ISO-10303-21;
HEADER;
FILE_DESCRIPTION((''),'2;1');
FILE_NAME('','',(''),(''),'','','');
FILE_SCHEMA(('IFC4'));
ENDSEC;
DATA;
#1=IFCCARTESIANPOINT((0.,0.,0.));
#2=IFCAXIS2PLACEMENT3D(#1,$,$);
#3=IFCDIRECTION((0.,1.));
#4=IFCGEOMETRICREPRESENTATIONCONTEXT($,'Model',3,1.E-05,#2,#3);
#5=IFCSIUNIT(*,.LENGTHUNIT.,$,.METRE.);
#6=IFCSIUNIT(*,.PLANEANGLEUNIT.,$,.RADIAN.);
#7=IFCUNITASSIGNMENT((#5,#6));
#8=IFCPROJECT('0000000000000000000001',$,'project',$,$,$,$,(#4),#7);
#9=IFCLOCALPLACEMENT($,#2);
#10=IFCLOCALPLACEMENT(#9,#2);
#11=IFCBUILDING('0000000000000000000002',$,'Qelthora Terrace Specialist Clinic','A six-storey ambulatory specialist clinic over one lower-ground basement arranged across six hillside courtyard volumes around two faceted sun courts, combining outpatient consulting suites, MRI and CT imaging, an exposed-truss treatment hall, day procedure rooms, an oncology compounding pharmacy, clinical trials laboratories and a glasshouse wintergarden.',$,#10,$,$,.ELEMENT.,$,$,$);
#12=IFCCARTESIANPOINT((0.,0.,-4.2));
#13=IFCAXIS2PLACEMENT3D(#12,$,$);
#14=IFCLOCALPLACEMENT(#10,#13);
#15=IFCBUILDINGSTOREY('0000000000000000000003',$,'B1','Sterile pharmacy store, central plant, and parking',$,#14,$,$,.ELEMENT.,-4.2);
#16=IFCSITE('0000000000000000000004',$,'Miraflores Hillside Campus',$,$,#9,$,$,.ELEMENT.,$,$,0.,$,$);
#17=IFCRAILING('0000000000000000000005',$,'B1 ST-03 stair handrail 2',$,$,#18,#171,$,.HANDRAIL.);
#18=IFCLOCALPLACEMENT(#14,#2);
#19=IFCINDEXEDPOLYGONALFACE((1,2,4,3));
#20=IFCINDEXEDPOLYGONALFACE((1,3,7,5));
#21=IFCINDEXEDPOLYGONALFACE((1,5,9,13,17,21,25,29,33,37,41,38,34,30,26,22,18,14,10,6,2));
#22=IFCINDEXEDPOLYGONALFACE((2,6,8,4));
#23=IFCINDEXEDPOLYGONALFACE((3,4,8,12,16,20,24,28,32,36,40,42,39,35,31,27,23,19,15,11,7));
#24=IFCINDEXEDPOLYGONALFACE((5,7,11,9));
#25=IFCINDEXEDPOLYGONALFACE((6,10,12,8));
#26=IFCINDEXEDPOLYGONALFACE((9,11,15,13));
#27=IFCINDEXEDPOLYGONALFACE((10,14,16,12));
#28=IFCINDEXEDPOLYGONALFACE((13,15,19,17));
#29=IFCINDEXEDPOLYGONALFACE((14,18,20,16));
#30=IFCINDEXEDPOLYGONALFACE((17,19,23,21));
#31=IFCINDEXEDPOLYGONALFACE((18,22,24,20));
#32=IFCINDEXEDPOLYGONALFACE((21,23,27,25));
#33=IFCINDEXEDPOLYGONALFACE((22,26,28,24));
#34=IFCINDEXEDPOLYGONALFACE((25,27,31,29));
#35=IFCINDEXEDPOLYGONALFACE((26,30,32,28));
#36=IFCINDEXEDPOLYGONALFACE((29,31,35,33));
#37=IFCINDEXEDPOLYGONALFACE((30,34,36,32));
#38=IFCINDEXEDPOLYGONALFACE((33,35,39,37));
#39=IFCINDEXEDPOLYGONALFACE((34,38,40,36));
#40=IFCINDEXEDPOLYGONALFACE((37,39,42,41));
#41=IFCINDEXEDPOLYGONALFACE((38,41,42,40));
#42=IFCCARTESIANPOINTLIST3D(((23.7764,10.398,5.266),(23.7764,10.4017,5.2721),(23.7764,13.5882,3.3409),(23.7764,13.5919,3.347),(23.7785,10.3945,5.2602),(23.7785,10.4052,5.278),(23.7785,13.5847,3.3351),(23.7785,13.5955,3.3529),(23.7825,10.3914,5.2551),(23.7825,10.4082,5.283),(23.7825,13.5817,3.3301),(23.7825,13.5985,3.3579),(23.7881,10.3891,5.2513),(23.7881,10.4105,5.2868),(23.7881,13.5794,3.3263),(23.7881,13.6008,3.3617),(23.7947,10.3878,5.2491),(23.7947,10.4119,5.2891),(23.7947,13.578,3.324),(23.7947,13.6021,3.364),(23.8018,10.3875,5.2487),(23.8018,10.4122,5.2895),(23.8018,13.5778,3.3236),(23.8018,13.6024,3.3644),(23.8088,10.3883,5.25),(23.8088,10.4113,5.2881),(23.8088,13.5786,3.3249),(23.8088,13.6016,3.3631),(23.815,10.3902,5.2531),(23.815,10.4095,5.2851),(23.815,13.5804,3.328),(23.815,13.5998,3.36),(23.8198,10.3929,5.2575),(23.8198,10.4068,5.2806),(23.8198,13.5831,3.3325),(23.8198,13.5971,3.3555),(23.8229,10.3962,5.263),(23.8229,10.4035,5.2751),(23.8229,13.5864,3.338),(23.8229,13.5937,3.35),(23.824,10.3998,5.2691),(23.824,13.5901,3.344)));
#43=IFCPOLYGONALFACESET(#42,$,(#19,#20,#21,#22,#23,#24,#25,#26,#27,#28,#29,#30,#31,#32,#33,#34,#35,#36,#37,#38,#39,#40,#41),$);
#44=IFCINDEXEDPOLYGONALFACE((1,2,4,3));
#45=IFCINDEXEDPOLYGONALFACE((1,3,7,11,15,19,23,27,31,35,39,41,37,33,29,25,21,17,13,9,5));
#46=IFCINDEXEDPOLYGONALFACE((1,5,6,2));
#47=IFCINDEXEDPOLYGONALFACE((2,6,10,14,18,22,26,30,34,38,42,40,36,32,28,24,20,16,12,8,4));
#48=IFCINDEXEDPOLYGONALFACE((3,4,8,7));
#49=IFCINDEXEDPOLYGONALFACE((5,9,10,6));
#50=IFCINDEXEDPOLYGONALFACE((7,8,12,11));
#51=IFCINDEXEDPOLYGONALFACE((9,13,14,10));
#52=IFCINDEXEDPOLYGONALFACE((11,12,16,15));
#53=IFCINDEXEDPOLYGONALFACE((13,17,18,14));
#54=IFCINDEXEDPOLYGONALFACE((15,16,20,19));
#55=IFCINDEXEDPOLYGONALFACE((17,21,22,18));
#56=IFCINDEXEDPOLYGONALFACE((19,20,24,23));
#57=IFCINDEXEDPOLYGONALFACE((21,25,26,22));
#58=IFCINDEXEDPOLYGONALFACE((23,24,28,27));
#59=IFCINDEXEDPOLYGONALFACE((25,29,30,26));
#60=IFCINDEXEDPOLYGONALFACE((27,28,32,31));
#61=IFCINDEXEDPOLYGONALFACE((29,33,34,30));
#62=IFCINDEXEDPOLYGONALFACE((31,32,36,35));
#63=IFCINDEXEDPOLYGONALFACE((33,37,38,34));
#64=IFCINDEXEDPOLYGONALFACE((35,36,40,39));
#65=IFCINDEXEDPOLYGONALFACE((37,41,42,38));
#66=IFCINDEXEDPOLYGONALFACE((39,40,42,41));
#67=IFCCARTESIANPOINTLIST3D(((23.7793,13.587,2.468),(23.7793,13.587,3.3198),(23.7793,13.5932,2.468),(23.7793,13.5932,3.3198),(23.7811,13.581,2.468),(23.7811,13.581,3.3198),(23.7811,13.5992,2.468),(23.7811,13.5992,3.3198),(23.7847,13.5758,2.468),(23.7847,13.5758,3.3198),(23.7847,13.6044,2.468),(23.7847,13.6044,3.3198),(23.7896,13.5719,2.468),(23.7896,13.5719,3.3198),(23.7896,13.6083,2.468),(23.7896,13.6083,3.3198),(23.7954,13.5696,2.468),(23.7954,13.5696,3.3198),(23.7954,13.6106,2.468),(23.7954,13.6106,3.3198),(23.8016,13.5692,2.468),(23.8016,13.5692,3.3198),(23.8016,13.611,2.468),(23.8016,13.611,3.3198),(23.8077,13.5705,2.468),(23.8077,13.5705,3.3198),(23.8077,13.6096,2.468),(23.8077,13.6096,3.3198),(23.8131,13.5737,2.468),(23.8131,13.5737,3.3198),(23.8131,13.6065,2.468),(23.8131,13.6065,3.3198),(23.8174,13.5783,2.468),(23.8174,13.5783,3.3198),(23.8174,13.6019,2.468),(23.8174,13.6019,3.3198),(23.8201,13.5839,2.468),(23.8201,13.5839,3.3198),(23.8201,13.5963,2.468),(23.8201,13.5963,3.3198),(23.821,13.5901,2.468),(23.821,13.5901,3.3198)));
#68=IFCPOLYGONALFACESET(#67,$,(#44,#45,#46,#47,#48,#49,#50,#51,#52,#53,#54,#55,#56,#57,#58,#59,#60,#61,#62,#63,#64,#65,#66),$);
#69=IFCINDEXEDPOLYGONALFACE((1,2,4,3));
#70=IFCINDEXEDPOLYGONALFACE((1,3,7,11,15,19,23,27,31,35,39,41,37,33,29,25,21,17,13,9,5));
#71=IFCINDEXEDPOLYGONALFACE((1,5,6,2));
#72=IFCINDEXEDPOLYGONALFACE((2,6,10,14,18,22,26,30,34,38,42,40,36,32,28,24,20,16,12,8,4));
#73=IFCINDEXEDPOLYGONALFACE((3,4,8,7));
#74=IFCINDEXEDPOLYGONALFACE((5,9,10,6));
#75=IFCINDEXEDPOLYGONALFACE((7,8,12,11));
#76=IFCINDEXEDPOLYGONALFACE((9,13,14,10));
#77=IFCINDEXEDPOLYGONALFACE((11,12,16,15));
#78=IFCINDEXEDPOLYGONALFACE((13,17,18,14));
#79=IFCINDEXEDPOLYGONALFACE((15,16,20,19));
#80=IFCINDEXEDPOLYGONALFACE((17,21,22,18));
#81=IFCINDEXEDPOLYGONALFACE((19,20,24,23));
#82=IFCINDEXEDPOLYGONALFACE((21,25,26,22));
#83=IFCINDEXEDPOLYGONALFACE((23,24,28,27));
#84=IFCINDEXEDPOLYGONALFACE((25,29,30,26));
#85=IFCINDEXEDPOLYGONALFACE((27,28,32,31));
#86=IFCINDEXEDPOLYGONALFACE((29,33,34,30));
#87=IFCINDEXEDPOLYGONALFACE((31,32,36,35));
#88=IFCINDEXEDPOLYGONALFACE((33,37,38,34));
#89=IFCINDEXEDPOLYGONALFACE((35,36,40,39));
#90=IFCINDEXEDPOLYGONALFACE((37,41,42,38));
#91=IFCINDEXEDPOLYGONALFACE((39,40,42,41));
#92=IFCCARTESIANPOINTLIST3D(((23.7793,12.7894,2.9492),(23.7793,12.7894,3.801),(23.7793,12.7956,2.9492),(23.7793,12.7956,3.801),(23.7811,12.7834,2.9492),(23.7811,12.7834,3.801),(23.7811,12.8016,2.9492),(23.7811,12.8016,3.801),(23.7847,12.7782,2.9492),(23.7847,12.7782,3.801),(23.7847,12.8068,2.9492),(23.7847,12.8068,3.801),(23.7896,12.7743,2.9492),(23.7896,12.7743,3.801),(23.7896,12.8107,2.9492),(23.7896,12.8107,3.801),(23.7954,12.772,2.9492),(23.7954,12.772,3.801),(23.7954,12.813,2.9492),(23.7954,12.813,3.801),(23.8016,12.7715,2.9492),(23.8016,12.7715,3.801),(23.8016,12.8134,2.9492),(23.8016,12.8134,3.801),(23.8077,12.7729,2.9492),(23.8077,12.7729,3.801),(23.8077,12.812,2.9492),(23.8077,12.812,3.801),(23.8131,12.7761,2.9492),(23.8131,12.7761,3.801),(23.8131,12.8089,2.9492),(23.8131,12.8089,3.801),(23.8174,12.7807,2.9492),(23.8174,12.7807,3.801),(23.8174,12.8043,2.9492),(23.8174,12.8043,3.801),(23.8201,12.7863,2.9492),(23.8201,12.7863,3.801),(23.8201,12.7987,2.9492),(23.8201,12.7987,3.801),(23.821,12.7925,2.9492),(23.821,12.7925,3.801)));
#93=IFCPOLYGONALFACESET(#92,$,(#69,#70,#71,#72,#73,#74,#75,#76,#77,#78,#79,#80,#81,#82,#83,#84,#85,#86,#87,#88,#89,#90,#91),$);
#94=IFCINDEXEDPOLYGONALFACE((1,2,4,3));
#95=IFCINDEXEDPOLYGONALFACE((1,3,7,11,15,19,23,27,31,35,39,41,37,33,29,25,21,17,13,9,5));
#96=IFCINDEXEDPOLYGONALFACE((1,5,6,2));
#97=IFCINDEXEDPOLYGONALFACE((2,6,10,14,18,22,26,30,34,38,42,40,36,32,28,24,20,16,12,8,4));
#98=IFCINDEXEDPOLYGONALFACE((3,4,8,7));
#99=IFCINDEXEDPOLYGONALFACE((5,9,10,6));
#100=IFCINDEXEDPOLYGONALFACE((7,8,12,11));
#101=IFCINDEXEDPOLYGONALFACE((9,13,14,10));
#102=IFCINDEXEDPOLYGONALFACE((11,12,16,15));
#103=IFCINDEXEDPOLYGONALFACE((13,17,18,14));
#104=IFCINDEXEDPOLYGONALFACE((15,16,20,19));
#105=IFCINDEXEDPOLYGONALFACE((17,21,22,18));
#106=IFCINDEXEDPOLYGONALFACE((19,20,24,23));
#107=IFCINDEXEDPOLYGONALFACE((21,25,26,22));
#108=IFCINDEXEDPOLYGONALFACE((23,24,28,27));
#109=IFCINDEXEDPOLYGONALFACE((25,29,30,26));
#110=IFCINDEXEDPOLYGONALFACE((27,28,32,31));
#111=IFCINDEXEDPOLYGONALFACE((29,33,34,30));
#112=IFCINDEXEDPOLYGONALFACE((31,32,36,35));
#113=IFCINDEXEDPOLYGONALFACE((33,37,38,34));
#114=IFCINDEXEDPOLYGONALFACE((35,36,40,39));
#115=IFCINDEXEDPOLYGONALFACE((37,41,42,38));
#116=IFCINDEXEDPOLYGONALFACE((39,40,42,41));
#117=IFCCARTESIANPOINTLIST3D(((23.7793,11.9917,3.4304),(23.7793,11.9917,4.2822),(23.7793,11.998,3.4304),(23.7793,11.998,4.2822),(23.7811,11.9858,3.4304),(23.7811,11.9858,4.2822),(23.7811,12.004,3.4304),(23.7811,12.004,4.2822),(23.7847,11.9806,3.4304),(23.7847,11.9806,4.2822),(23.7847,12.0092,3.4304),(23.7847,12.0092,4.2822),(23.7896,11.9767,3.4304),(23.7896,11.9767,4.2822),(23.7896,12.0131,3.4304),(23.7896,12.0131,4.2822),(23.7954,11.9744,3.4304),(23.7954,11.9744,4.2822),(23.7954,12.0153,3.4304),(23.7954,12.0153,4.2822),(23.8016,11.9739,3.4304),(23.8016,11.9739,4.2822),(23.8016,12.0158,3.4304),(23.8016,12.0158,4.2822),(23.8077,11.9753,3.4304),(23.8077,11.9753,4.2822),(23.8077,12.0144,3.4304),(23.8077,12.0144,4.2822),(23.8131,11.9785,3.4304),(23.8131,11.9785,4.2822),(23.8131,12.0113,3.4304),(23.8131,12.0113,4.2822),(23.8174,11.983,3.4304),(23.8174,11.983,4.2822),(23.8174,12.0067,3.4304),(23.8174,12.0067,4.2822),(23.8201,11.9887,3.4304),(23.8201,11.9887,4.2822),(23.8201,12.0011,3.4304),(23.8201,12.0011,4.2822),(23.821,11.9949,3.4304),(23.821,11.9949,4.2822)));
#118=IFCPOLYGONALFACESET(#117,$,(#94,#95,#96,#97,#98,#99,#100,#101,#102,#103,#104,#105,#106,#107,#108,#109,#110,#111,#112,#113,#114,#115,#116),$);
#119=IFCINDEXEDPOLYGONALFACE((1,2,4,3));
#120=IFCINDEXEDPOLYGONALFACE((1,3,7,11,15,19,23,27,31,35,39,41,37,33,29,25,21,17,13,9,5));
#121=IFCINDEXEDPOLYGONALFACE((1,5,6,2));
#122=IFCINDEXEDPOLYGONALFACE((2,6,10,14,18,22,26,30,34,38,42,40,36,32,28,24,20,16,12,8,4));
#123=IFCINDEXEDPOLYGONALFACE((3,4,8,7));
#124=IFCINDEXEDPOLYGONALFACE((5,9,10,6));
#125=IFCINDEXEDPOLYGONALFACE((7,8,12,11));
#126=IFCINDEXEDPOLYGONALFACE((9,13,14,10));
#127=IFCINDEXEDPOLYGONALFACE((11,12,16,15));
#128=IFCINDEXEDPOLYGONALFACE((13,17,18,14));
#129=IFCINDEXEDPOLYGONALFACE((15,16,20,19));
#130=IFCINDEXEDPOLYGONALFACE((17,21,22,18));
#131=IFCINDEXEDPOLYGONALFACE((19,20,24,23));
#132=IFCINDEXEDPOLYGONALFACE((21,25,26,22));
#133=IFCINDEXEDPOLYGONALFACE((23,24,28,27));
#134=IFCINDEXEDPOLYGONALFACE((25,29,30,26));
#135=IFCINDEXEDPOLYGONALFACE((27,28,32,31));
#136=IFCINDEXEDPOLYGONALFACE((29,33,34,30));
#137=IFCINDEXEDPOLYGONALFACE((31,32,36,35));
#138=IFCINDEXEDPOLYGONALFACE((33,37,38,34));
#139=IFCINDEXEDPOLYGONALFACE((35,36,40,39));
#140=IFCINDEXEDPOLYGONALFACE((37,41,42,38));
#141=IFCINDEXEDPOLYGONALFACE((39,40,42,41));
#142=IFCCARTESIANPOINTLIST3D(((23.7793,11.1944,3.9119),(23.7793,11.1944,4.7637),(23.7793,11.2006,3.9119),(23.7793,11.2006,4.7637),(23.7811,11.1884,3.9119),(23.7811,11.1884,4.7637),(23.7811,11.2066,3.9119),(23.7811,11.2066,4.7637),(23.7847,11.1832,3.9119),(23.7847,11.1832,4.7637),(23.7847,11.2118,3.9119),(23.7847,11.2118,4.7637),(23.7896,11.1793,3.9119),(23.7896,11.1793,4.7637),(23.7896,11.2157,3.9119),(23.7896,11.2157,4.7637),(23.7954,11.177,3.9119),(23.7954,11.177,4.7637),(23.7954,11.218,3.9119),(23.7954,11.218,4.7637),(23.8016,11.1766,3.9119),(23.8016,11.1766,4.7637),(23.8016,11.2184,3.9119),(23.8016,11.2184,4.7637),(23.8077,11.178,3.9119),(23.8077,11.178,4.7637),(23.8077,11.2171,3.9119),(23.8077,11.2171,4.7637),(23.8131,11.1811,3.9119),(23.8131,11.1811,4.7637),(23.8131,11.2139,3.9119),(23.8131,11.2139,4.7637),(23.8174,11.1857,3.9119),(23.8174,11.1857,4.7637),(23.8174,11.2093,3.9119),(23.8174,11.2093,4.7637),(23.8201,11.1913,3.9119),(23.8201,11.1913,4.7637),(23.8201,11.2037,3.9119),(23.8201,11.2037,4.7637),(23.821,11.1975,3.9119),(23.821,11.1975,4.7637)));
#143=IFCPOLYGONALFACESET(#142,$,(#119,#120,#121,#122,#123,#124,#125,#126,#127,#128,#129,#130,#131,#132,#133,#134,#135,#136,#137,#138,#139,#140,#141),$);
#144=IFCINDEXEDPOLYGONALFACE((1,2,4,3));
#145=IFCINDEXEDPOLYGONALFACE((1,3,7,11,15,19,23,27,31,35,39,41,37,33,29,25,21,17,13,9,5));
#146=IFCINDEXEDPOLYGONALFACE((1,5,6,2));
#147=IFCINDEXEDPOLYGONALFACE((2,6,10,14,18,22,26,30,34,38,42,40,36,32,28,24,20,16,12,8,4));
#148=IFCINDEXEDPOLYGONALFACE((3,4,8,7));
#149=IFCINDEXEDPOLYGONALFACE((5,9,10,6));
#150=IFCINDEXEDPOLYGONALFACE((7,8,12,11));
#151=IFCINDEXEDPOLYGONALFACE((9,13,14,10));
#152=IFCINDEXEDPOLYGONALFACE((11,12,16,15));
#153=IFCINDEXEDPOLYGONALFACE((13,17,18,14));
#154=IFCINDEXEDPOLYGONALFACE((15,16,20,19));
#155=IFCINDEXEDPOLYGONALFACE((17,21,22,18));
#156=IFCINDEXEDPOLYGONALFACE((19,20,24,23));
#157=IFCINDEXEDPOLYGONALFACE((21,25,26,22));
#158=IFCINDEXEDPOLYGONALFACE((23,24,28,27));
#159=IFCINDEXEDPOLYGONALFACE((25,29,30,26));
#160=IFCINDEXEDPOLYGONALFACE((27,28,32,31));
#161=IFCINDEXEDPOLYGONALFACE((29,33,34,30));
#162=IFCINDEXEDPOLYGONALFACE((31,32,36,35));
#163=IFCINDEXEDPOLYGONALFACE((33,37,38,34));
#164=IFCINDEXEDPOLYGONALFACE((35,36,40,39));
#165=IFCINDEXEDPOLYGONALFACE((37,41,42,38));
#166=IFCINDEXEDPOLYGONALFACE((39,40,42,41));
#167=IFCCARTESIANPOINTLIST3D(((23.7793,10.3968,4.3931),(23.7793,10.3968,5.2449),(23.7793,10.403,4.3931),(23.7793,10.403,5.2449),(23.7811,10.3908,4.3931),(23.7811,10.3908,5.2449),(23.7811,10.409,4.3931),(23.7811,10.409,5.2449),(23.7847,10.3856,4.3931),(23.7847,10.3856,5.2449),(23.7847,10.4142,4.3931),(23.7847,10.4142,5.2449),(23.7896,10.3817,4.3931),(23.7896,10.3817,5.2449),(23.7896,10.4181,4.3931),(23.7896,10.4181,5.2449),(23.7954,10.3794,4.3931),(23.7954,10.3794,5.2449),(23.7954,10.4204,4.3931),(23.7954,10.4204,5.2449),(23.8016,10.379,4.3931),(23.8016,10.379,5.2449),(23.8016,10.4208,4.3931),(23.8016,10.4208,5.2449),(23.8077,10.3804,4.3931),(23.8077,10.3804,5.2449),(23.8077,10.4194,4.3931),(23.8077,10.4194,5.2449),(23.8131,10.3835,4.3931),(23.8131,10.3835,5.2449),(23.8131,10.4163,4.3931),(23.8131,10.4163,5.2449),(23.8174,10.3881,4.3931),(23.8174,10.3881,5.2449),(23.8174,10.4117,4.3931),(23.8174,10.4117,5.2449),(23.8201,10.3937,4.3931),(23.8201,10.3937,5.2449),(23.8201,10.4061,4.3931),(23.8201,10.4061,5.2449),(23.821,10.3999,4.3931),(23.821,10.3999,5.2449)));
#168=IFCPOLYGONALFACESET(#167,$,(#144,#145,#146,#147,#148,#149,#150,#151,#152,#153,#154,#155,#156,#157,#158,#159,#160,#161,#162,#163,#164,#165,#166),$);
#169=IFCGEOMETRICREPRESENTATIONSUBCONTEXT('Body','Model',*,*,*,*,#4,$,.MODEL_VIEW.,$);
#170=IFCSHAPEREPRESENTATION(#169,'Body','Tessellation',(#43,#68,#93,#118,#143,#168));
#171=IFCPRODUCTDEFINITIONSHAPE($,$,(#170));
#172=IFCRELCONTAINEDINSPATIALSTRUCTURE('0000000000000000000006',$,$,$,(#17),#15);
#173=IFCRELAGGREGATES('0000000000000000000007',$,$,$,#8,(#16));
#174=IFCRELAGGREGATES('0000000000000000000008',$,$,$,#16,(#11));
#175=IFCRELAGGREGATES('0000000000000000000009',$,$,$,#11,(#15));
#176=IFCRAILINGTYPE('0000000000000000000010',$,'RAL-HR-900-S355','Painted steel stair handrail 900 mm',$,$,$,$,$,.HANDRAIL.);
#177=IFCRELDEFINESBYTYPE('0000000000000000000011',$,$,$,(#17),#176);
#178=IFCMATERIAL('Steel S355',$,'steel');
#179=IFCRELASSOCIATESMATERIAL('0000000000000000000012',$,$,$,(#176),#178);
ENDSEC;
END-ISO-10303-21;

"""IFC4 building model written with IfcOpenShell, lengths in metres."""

from ifc_helpers import new_model, si_unit, direction, frame, origin, origin_2d, place, context, subcontext, project, spatial, circle, extrude, material, type_object, element, save


model = new_model("IFC4")

# Units and contexts
model_context = context("Model", 3, precision=1e-05, world=origin(), true_north=direction((0.0, 1.0)))
body_context = subcontext(model_context, "Body", "Model", "MODEL_VIEW")
ifc_project = project(units=[si_unit("LENGTHUNIT", "METRE"), si_unit("PLANEANGLEUNIT", "RADIAN")], contexts=[model_context])

# Site, building, storey
site_placement = place(None, origin())
site = spatial("IfcSite", under=ifc_project, at=site_placement, Name="Miraflores Hillside Campus", CompositionType="ELEMENT", RefElevation=0.0)
building_placement = place(site_placement, origin())
building = spatial("IfcBuilding", under=site, at=building_placement, Name="Qelthora Terrace Specialist Clinic", Description="A six-storey ambulatory specialist clinic over one lower-ground basement arranged across six hillside courtyard volumes around two faceted sun courts, combining outpatient consulting suites, MRI and CT imaging, an exposed-truss treatment hall, day procedure rooms, an oncology compounding pharmacy, clinical trials laboratories and a glasshouse wintergarden.", CompositionType="ELEMENT")
storey_placement = place(building_placement, frame((0.0, 0.0, -4.2)))
storey = spatial("IfcBuildingStorey", under=building, at=storey_placement, Name="B1", Description="Sterile pharmacy store, central plant, and parking", CompositionType="ELEMENT", Elevation=-4.2)

# Shared definitions
ifc_material_1 = material(Name="Steel S355", Category="steel")

# Railing
railing_type_1 = type_object("IfcRailingType", Name="RAL-HR-900-S355", Description="Painted steel stair handrail 900 mm", PredefinedType="HANDRAIL", material=ifc_material_1)
railing_1_placement = place(storey_placement, frame((23.8, 13.5901, 2.468)))
element("IfcRailing", 1, at=railing_1_placement, inside=storey, type_object=railing_type_1, Name="B1 ST-03 stair handrail 2", PredefinedType="HANDRAIL", context=body_context, shape_type="SweptSolid", body=[
    extrude(circle(Radius=0.0239, at=origin_2d()), frame((0.0, 0.0, 0.876), z_axis=(0.0, -0.856195, 0.516653), x_axis=(1.0, 0.0, 0.0)), (0.0, 0.0, 1.0), 3.7261),
    extrude(circle(Radius=0.021, at=origin_2d()), origin(), (0.0, 0.0, 1.0), 0.8518),
    extrude(circle(Radius=0.021, at=origin_2d()), frame((0.0, -0.7976, 0.4812)), (0.0, 0.0, 1.0), 0.8518),
    extrude(circle(Radius=0.021, at=origin_2d()), frame((0.0, -1.5952, 0.9624)), (0.0, 0.0, 1.0), 0.8518),
    extrude(circle(Radius=0.021, at=origin_2d()), frame((0.0, -2.3926, 1.4438)), (0.0, 0.0, 1.0), 0.8518),
    extrude(circle(Radius=0.021, at=origin_2d()), frame((0.0, -3.1902, 1.925)), (0.0, 0.0, 1.0), 0.8518),
])

save(model, "model.ifc")
